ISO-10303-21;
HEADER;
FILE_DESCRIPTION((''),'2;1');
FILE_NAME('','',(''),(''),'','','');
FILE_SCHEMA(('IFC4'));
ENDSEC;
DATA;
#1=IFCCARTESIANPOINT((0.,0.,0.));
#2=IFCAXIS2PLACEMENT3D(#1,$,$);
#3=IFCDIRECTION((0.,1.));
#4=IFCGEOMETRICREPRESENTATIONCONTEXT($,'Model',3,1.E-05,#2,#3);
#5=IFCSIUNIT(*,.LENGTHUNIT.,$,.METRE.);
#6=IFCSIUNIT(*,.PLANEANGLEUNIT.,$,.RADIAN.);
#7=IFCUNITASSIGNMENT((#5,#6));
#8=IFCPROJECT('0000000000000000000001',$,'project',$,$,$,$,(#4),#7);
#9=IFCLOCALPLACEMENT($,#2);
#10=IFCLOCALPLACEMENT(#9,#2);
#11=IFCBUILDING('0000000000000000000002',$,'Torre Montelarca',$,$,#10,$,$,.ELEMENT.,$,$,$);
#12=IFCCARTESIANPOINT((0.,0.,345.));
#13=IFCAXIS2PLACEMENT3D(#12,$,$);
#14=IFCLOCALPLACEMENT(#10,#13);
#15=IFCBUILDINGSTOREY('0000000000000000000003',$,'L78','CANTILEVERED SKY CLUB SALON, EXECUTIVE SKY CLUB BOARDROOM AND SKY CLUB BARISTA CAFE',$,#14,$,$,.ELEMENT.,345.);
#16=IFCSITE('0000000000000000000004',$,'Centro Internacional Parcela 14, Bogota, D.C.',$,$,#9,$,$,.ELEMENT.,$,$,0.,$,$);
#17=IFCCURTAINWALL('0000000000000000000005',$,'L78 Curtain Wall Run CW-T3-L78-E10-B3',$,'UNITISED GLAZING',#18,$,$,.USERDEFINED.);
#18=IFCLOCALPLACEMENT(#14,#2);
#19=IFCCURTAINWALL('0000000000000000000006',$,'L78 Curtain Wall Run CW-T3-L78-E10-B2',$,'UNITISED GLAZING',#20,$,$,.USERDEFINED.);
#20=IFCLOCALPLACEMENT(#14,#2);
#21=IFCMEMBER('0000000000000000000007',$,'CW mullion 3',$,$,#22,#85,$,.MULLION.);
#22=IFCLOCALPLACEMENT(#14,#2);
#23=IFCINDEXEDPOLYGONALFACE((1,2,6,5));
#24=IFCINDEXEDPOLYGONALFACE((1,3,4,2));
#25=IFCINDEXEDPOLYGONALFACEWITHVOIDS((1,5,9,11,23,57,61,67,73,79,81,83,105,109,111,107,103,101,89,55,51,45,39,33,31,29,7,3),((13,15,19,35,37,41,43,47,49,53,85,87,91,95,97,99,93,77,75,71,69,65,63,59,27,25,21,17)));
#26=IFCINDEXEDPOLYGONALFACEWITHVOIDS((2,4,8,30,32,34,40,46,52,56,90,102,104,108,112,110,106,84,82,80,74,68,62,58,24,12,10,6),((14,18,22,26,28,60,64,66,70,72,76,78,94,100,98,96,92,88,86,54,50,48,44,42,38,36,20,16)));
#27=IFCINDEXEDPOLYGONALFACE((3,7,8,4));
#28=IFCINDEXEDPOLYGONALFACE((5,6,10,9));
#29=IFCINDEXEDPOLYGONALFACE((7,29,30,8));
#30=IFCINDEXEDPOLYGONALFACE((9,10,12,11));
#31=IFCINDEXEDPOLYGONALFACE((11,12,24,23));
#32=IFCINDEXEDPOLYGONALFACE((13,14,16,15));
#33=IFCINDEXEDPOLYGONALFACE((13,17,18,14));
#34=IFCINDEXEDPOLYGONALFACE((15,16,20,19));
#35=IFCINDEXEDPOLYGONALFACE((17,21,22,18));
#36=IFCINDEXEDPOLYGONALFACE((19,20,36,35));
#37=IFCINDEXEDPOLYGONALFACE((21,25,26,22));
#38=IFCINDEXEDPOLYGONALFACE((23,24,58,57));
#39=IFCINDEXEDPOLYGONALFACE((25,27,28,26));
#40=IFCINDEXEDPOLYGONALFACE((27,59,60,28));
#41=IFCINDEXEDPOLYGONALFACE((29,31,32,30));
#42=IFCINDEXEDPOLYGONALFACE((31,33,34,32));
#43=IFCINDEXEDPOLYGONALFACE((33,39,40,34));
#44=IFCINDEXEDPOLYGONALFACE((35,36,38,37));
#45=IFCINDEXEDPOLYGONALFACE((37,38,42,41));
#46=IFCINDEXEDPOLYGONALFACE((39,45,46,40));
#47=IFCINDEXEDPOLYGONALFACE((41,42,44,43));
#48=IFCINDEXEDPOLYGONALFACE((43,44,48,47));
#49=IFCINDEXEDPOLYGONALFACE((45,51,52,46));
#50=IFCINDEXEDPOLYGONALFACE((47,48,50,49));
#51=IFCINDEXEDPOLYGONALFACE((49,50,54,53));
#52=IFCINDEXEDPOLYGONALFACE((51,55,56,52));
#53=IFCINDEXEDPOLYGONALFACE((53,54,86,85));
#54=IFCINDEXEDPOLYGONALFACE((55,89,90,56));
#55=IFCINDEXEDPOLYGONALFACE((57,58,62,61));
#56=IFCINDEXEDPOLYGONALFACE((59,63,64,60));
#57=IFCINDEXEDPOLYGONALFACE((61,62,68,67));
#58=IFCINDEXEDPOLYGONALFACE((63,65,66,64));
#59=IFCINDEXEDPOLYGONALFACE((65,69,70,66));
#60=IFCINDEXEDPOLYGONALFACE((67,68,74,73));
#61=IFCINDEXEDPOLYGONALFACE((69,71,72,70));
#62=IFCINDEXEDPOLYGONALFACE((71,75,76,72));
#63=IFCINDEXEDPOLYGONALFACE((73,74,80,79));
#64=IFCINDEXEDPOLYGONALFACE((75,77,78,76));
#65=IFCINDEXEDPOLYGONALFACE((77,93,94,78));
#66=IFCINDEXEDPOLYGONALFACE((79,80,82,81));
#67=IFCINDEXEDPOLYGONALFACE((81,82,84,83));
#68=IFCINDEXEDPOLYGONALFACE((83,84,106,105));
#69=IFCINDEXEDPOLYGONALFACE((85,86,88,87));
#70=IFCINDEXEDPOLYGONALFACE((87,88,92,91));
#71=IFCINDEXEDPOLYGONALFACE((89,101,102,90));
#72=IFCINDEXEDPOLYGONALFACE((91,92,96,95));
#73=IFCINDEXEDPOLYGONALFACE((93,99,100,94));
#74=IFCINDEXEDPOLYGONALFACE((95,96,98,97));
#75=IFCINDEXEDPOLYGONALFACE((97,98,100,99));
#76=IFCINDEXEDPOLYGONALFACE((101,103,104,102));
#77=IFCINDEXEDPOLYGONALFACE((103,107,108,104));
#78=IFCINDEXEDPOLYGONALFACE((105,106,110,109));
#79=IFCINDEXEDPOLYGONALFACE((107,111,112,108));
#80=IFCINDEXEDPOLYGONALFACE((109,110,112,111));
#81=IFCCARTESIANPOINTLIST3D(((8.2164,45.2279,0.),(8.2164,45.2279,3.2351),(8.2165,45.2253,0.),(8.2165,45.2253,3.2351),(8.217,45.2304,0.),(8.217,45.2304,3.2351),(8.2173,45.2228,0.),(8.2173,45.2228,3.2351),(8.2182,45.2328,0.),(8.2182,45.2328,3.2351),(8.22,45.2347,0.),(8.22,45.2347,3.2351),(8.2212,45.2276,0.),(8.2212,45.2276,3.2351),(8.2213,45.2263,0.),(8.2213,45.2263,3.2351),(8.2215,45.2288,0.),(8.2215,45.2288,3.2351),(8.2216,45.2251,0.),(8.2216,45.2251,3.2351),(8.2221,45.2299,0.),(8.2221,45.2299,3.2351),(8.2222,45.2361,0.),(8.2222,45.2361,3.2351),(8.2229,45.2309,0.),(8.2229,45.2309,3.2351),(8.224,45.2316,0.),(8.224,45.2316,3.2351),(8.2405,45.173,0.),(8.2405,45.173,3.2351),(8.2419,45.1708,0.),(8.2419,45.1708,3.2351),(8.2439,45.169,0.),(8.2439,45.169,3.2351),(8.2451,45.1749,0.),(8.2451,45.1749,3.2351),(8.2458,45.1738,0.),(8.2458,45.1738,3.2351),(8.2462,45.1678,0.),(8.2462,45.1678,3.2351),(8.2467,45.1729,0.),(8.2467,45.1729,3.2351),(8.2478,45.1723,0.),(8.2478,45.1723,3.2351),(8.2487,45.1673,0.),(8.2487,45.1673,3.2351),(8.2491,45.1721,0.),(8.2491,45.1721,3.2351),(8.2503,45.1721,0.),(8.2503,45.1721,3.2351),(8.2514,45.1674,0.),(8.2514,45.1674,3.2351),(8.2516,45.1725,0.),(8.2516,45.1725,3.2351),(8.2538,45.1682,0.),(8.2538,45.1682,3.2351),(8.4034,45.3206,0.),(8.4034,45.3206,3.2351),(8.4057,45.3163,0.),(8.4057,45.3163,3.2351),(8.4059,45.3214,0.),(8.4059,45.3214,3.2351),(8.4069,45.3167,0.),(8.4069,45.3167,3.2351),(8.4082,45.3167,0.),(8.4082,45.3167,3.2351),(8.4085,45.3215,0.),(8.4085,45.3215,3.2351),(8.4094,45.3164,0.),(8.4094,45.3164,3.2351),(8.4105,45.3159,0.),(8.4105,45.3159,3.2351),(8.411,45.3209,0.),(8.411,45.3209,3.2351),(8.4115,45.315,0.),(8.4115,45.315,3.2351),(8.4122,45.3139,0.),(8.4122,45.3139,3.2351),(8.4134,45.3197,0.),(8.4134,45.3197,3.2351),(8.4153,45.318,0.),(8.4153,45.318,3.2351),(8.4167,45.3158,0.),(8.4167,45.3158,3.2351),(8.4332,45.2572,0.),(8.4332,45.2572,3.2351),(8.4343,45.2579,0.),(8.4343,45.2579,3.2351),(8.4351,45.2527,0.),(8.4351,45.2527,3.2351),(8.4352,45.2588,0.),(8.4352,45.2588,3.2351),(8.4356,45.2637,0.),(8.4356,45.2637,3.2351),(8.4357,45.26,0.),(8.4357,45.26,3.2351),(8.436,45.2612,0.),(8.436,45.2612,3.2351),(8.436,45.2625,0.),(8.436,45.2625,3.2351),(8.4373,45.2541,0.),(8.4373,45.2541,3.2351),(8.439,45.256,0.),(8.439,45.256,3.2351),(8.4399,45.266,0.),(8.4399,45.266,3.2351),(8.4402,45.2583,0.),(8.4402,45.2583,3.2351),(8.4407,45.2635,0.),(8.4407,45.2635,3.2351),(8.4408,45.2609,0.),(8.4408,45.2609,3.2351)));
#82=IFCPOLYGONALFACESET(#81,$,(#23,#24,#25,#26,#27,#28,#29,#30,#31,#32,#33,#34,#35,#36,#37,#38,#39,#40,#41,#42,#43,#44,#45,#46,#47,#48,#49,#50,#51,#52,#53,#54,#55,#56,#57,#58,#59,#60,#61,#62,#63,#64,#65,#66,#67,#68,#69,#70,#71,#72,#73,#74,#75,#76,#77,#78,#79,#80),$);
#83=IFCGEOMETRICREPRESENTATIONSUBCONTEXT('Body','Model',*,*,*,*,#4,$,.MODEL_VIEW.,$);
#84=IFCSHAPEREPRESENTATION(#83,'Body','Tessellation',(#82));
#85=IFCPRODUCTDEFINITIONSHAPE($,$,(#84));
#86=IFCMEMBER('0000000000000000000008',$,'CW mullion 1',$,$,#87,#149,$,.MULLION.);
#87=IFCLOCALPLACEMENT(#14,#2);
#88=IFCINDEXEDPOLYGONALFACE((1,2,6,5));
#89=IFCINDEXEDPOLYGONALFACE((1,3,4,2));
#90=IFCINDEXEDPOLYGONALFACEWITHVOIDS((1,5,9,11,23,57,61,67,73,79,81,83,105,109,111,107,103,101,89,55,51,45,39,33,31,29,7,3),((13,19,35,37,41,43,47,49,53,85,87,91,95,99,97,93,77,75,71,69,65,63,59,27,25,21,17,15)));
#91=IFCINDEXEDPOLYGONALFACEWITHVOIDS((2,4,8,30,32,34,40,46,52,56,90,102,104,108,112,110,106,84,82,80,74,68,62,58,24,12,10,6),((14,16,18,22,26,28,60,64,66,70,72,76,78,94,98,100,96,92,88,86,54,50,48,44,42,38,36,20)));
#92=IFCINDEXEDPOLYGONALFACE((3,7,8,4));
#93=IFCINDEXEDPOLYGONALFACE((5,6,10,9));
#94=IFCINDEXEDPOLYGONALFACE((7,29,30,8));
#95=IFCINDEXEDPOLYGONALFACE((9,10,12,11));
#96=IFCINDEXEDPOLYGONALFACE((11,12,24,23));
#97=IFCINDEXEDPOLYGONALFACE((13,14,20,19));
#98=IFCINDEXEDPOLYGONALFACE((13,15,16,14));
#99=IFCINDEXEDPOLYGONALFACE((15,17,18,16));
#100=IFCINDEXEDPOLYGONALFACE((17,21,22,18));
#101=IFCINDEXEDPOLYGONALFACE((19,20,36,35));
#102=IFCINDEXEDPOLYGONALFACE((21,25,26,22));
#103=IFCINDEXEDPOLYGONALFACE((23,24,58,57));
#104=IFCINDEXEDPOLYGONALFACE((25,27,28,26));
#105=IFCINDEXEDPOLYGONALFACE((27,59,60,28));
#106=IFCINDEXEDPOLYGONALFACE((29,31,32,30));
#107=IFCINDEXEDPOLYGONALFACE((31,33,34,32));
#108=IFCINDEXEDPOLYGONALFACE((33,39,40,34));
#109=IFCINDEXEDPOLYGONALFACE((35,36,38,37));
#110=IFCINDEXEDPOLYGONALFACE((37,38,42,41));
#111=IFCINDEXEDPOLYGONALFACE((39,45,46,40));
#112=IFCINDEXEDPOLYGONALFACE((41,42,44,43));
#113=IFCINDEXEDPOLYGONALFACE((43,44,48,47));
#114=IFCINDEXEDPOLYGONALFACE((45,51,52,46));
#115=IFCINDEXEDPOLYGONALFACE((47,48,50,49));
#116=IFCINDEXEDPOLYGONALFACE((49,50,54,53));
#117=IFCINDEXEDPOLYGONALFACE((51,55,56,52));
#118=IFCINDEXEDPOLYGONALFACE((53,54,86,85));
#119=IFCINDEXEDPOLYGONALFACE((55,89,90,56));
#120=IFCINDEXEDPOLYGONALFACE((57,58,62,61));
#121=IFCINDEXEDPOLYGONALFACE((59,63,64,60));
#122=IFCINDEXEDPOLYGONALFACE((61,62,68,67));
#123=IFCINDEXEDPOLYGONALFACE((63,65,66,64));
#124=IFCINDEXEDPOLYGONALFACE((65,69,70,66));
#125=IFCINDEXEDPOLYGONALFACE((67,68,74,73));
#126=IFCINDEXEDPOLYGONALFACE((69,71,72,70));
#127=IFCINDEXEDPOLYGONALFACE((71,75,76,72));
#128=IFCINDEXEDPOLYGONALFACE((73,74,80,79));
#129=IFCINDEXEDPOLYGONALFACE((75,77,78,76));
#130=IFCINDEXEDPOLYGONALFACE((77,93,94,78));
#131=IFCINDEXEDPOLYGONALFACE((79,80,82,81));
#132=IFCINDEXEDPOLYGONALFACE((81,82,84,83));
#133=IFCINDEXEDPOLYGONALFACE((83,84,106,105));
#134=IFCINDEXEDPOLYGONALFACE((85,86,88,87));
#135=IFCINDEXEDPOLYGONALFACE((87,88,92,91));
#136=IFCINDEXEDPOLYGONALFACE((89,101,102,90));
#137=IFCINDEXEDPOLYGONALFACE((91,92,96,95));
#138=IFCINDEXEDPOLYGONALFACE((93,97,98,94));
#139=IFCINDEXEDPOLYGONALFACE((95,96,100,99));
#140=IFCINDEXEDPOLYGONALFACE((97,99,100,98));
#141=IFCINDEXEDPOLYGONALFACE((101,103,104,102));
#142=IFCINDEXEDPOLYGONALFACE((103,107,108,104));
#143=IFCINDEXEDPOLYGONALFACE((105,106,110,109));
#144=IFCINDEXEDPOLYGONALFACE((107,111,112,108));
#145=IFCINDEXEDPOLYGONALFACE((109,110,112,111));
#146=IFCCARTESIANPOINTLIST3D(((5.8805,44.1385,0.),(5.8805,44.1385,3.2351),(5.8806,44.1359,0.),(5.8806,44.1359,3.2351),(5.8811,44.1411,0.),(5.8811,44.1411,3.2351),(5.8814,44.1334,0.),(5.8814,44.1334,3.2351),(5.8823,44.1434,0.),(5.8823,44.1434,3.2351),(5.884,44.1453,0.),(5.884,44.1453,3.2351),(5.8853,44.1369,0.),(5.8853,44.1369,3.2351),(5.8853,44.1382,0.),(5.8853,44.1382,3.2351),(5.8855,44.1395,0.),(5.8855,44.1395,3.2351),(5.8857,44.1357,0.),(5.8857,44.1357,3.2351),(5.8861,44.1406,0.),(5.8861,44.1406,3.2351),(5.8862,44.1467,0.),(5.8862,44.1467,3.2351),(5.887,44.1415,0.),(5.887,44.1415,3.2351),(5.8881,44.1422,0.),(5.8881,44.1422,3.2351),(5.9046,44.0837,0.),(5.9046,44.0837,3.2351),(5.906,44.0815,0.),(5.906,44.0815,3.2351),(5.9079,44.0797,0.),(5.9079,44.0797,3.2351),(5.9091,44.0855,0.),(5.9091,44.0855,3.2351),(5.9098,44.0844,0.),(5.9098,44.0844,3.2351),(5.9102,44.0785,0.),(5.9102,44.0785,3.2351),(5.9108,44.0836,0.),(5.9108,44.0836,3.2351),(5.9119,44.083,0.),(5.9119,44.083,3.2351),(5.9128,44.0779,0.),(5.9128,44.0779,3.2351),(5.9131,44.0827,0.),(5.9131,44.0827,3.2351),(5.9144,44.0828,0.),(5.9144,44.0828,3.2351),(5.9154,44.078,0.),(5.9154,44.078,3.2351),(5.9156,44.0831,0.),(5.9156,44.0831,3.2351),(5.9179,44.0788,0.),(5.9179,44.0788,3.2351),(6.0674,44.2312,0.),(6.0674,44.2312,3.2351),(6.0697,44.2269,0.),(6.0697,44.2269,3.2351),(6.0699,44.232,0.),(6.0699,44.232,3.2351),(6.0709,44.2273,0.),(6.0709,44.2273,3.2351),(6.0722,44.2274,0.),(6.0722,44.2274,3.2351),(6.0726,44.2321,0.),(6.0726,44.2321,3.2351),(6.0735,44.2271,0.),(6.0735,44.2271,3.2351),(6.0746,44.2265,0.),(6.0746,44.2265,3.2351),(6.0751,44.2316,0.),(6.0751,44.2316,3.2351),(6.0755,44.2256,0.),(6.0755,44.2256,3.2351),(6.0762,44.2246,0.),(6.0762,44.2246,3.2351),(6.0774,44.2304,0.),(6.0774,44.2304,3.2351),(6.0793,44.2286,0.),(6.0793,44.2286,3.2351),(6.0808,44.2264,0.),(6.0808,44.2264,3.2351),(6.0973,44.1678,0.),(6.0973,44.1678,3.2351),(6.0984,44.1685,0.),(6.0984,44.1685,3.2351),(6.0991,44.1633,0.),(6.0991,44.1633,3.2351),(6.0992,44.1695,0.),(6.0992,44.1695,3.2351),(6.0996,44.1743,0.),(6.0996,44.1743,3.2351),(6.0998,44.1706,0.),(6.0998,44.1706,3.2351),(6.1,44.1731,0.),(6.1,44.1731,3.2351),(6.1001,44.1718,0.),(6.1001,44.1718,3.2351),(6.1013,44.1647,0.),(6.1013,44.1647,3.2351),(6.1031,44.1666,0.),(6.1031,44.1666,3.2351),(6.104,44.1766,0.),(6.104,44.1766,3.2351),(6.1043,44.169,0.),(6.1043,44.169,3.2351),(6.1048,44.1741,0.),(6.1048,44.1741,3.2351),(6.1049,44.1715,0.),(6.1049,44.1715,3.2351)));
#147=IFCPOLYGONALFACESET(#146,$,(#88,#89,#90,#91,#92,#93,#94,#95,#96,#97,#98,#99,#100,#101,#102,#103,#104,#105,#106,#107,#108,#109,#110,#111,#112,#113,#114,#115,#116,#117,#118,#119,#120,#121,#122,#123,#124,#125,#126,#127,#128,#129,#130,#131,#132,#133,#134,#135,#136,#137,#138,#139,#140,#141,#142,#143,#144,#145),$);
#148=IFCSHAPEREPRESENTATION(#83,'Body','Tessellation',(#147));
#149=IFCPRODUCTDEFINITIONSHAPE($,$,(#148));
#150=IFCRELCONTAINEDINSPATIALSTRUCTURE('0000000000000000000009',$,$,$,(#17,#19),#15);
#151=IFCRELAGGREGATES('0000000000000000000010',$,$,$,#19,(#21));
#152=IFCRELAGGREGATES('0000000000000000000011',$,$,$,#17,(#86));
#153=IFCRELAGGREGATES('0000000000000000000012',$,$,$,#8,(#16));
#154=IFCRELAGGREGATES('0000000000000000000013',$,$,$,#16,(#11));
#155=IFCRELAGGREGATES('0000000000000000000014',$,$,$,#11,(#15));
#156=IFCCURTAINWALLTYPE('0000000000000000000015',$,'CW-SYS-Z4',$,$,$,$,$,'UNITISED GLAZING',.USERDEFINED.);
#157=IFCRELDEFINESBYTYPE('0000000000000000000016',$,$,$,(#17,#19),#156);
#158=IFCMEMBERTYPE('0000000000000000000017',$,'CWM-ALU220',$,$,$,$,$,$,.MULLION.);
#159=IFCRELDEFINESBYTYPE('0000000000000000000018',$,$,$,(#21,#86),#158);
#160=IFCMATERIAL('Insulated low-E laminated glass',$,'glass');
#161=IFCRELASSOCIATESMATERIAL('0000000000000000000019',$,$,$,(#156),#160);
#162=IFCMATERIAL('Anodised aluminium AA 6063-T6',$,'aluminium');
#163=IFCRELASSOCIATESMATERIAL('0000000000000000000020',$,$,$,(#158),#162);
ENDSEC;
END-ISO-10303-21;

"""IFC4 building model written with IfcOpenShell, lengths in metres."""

from ifc_helpers import new_model, si_unit, direction, frame, origin, origin_2d, place, context, subcontext, project, spatial, hollow_rectangle, extrude, source, transform, mapped, material, material_profile, profile_set, type_object, element, aggregate, save


model = new_model("IFC4")

# Units and contexts
model_context = context("Model", 3, precision=1e-05, world=origin(), true_north=direction((0.0, 1.0)))
body_context = subcontext(model_context, "Body", "Model", "MODEL_VIEW")
ifc_project = project(units=[si_unit("LENGTHUNIT", "METRE"), si_unit("PLANEANGLEUNIT", "RADIAN")], contexts=[model_context])

# Site, building, storey
site_placement = place(None, origin())
site = spatial("IfcSite", under=ifc_project, at=site_placement, Name="Centro Internacional Parcela 14, Bogota, D.C.", CompositionType="ELEMENT", RefElevation=0.0)
building_placement = place(site_placement, origin())
building = spatial("IfcBuilding", under=site, at=building_placement, Name="Torre Montelarca", CompositionType="ELEMENT")
storey_placement = place(building_placement, frame((0.0, 0.0, 345.0)))
storey = spatial("IfcBuildingStorey", under=building, at=storey_placement, Name="L78", Description="CANTILEVERED SKY CLUB SALON, EXECUTIVE SKY CLUB BOARDROOM AND SKY CLUB BARISTA CAFE", CompositionType="ELEMENT", Elevation=345.0)

# Curtain walls, member
ifc_material_1 = material(Name="Insulated low-E laminated glass", Category="glass")
curtain_wall_type = type_object("IfcCurtainWallType", Name="CW-SYS-Z4", ElementType="UNITISED GLAZING", PredefinedType="USERDEFINED", material=ifc_material_1)
ifc_material_2 = material(Name="Anodised aluminium AA 6063-T6", Category="aluminium")
ifc_material_profile_1 = material_profile(ifc_material_2, hollow_rectangle(XDim=0.075, YDim=0.22, WallThickness=0.0049, InnerFilletRadius=0.0049, OuterFilletRadius=0.01, at=origin_2d()), Name="ALU75X220X5", Category="aluminium")
ifc_profile_set_1 = profile_set([ifc_material_profile_1], Name="Anodised aluminium AA 6063-T6")
member_type_1 = type_object("IfcMemberType", Name="CWM-ALU220", PredefinedType="MULLION", material=ifc_profile_set_1)
curtain_wall_1_placement = place(storey_placement, origin())
curtain_wall_1 = element("IfcCurtainWall", 1, at=curtain_wall_1_placement, inside=storey, type_object=curtain_wall_type, Name="L78 Curtain Wall Run CW-T3-L78-E10-B3", ObjectType="UNITISED GLAZING", PredefinedType="USERDEFINED")
curtain_wall_2_placement = place(storey_placement, origin())
curtain_wall_2 = element("IfcCurtainWall", 2, at=curtain_wall_2_placement, inside=storey, type_object=curtain_wall_type, Name="L78 Curtain Wall Run CW-T3-L78-E10-B2", ObjectType="UNITISED GLAZING", PredefinedType="USERDEFINED")
shared_shape_1 = source(origin(), body_context, "Body", "SweptSolid", [
    extrude(hollow_rectangle(XDim=0.075, YDim=0.22, WallThickness=0.0049, InnerFilletRadius=0.0049, OuterFilletRadius=0.01, at=origin_2d()), origin(), (0.0, 0.0, 1.0), 3.2351),
])
member_1_placement = place(storey_placement, frame((8.3286, 45.2444, 0.0), z_axis=(0.0, 0.0, 1.0), x_axis=(0.422616, -0.906309, 0.0)))
member_1 = element("IfcMember", 3, at=member_1_placement, type_object=member_type_1, Name="CW mullion 3", PredefinedType="MULLION", context=body_context, shape_type="MappedRepresentation", body=[
    mapped(shared_shape_1, transform((0.0, 0.0, 0.0), scale=1.0)),
])

# Member
member_2_placement = place(storey_placement, frame((5.9927, 44.155, 0.0), z_axis=(0.0, 0.0, 1.0), x_axis=(0.422602, -0.906315, 0.0)))
member_2 = element("IfcMember", 4, at=member_2_placement, type_object=member_type_1, Name="CW mullion 1", PredefinedType="MULLION", context=body_context, shape_type="MappedRepresentation", body=[
    mapped(shared_shape_1, transform((0.0, 0.0, 0.0), scale=1.0)),
])

aggregate(curtain_wall_2, [member_1])
aggregate(curtain_wall_1, [member_2])

save(model, "model.ifc")
